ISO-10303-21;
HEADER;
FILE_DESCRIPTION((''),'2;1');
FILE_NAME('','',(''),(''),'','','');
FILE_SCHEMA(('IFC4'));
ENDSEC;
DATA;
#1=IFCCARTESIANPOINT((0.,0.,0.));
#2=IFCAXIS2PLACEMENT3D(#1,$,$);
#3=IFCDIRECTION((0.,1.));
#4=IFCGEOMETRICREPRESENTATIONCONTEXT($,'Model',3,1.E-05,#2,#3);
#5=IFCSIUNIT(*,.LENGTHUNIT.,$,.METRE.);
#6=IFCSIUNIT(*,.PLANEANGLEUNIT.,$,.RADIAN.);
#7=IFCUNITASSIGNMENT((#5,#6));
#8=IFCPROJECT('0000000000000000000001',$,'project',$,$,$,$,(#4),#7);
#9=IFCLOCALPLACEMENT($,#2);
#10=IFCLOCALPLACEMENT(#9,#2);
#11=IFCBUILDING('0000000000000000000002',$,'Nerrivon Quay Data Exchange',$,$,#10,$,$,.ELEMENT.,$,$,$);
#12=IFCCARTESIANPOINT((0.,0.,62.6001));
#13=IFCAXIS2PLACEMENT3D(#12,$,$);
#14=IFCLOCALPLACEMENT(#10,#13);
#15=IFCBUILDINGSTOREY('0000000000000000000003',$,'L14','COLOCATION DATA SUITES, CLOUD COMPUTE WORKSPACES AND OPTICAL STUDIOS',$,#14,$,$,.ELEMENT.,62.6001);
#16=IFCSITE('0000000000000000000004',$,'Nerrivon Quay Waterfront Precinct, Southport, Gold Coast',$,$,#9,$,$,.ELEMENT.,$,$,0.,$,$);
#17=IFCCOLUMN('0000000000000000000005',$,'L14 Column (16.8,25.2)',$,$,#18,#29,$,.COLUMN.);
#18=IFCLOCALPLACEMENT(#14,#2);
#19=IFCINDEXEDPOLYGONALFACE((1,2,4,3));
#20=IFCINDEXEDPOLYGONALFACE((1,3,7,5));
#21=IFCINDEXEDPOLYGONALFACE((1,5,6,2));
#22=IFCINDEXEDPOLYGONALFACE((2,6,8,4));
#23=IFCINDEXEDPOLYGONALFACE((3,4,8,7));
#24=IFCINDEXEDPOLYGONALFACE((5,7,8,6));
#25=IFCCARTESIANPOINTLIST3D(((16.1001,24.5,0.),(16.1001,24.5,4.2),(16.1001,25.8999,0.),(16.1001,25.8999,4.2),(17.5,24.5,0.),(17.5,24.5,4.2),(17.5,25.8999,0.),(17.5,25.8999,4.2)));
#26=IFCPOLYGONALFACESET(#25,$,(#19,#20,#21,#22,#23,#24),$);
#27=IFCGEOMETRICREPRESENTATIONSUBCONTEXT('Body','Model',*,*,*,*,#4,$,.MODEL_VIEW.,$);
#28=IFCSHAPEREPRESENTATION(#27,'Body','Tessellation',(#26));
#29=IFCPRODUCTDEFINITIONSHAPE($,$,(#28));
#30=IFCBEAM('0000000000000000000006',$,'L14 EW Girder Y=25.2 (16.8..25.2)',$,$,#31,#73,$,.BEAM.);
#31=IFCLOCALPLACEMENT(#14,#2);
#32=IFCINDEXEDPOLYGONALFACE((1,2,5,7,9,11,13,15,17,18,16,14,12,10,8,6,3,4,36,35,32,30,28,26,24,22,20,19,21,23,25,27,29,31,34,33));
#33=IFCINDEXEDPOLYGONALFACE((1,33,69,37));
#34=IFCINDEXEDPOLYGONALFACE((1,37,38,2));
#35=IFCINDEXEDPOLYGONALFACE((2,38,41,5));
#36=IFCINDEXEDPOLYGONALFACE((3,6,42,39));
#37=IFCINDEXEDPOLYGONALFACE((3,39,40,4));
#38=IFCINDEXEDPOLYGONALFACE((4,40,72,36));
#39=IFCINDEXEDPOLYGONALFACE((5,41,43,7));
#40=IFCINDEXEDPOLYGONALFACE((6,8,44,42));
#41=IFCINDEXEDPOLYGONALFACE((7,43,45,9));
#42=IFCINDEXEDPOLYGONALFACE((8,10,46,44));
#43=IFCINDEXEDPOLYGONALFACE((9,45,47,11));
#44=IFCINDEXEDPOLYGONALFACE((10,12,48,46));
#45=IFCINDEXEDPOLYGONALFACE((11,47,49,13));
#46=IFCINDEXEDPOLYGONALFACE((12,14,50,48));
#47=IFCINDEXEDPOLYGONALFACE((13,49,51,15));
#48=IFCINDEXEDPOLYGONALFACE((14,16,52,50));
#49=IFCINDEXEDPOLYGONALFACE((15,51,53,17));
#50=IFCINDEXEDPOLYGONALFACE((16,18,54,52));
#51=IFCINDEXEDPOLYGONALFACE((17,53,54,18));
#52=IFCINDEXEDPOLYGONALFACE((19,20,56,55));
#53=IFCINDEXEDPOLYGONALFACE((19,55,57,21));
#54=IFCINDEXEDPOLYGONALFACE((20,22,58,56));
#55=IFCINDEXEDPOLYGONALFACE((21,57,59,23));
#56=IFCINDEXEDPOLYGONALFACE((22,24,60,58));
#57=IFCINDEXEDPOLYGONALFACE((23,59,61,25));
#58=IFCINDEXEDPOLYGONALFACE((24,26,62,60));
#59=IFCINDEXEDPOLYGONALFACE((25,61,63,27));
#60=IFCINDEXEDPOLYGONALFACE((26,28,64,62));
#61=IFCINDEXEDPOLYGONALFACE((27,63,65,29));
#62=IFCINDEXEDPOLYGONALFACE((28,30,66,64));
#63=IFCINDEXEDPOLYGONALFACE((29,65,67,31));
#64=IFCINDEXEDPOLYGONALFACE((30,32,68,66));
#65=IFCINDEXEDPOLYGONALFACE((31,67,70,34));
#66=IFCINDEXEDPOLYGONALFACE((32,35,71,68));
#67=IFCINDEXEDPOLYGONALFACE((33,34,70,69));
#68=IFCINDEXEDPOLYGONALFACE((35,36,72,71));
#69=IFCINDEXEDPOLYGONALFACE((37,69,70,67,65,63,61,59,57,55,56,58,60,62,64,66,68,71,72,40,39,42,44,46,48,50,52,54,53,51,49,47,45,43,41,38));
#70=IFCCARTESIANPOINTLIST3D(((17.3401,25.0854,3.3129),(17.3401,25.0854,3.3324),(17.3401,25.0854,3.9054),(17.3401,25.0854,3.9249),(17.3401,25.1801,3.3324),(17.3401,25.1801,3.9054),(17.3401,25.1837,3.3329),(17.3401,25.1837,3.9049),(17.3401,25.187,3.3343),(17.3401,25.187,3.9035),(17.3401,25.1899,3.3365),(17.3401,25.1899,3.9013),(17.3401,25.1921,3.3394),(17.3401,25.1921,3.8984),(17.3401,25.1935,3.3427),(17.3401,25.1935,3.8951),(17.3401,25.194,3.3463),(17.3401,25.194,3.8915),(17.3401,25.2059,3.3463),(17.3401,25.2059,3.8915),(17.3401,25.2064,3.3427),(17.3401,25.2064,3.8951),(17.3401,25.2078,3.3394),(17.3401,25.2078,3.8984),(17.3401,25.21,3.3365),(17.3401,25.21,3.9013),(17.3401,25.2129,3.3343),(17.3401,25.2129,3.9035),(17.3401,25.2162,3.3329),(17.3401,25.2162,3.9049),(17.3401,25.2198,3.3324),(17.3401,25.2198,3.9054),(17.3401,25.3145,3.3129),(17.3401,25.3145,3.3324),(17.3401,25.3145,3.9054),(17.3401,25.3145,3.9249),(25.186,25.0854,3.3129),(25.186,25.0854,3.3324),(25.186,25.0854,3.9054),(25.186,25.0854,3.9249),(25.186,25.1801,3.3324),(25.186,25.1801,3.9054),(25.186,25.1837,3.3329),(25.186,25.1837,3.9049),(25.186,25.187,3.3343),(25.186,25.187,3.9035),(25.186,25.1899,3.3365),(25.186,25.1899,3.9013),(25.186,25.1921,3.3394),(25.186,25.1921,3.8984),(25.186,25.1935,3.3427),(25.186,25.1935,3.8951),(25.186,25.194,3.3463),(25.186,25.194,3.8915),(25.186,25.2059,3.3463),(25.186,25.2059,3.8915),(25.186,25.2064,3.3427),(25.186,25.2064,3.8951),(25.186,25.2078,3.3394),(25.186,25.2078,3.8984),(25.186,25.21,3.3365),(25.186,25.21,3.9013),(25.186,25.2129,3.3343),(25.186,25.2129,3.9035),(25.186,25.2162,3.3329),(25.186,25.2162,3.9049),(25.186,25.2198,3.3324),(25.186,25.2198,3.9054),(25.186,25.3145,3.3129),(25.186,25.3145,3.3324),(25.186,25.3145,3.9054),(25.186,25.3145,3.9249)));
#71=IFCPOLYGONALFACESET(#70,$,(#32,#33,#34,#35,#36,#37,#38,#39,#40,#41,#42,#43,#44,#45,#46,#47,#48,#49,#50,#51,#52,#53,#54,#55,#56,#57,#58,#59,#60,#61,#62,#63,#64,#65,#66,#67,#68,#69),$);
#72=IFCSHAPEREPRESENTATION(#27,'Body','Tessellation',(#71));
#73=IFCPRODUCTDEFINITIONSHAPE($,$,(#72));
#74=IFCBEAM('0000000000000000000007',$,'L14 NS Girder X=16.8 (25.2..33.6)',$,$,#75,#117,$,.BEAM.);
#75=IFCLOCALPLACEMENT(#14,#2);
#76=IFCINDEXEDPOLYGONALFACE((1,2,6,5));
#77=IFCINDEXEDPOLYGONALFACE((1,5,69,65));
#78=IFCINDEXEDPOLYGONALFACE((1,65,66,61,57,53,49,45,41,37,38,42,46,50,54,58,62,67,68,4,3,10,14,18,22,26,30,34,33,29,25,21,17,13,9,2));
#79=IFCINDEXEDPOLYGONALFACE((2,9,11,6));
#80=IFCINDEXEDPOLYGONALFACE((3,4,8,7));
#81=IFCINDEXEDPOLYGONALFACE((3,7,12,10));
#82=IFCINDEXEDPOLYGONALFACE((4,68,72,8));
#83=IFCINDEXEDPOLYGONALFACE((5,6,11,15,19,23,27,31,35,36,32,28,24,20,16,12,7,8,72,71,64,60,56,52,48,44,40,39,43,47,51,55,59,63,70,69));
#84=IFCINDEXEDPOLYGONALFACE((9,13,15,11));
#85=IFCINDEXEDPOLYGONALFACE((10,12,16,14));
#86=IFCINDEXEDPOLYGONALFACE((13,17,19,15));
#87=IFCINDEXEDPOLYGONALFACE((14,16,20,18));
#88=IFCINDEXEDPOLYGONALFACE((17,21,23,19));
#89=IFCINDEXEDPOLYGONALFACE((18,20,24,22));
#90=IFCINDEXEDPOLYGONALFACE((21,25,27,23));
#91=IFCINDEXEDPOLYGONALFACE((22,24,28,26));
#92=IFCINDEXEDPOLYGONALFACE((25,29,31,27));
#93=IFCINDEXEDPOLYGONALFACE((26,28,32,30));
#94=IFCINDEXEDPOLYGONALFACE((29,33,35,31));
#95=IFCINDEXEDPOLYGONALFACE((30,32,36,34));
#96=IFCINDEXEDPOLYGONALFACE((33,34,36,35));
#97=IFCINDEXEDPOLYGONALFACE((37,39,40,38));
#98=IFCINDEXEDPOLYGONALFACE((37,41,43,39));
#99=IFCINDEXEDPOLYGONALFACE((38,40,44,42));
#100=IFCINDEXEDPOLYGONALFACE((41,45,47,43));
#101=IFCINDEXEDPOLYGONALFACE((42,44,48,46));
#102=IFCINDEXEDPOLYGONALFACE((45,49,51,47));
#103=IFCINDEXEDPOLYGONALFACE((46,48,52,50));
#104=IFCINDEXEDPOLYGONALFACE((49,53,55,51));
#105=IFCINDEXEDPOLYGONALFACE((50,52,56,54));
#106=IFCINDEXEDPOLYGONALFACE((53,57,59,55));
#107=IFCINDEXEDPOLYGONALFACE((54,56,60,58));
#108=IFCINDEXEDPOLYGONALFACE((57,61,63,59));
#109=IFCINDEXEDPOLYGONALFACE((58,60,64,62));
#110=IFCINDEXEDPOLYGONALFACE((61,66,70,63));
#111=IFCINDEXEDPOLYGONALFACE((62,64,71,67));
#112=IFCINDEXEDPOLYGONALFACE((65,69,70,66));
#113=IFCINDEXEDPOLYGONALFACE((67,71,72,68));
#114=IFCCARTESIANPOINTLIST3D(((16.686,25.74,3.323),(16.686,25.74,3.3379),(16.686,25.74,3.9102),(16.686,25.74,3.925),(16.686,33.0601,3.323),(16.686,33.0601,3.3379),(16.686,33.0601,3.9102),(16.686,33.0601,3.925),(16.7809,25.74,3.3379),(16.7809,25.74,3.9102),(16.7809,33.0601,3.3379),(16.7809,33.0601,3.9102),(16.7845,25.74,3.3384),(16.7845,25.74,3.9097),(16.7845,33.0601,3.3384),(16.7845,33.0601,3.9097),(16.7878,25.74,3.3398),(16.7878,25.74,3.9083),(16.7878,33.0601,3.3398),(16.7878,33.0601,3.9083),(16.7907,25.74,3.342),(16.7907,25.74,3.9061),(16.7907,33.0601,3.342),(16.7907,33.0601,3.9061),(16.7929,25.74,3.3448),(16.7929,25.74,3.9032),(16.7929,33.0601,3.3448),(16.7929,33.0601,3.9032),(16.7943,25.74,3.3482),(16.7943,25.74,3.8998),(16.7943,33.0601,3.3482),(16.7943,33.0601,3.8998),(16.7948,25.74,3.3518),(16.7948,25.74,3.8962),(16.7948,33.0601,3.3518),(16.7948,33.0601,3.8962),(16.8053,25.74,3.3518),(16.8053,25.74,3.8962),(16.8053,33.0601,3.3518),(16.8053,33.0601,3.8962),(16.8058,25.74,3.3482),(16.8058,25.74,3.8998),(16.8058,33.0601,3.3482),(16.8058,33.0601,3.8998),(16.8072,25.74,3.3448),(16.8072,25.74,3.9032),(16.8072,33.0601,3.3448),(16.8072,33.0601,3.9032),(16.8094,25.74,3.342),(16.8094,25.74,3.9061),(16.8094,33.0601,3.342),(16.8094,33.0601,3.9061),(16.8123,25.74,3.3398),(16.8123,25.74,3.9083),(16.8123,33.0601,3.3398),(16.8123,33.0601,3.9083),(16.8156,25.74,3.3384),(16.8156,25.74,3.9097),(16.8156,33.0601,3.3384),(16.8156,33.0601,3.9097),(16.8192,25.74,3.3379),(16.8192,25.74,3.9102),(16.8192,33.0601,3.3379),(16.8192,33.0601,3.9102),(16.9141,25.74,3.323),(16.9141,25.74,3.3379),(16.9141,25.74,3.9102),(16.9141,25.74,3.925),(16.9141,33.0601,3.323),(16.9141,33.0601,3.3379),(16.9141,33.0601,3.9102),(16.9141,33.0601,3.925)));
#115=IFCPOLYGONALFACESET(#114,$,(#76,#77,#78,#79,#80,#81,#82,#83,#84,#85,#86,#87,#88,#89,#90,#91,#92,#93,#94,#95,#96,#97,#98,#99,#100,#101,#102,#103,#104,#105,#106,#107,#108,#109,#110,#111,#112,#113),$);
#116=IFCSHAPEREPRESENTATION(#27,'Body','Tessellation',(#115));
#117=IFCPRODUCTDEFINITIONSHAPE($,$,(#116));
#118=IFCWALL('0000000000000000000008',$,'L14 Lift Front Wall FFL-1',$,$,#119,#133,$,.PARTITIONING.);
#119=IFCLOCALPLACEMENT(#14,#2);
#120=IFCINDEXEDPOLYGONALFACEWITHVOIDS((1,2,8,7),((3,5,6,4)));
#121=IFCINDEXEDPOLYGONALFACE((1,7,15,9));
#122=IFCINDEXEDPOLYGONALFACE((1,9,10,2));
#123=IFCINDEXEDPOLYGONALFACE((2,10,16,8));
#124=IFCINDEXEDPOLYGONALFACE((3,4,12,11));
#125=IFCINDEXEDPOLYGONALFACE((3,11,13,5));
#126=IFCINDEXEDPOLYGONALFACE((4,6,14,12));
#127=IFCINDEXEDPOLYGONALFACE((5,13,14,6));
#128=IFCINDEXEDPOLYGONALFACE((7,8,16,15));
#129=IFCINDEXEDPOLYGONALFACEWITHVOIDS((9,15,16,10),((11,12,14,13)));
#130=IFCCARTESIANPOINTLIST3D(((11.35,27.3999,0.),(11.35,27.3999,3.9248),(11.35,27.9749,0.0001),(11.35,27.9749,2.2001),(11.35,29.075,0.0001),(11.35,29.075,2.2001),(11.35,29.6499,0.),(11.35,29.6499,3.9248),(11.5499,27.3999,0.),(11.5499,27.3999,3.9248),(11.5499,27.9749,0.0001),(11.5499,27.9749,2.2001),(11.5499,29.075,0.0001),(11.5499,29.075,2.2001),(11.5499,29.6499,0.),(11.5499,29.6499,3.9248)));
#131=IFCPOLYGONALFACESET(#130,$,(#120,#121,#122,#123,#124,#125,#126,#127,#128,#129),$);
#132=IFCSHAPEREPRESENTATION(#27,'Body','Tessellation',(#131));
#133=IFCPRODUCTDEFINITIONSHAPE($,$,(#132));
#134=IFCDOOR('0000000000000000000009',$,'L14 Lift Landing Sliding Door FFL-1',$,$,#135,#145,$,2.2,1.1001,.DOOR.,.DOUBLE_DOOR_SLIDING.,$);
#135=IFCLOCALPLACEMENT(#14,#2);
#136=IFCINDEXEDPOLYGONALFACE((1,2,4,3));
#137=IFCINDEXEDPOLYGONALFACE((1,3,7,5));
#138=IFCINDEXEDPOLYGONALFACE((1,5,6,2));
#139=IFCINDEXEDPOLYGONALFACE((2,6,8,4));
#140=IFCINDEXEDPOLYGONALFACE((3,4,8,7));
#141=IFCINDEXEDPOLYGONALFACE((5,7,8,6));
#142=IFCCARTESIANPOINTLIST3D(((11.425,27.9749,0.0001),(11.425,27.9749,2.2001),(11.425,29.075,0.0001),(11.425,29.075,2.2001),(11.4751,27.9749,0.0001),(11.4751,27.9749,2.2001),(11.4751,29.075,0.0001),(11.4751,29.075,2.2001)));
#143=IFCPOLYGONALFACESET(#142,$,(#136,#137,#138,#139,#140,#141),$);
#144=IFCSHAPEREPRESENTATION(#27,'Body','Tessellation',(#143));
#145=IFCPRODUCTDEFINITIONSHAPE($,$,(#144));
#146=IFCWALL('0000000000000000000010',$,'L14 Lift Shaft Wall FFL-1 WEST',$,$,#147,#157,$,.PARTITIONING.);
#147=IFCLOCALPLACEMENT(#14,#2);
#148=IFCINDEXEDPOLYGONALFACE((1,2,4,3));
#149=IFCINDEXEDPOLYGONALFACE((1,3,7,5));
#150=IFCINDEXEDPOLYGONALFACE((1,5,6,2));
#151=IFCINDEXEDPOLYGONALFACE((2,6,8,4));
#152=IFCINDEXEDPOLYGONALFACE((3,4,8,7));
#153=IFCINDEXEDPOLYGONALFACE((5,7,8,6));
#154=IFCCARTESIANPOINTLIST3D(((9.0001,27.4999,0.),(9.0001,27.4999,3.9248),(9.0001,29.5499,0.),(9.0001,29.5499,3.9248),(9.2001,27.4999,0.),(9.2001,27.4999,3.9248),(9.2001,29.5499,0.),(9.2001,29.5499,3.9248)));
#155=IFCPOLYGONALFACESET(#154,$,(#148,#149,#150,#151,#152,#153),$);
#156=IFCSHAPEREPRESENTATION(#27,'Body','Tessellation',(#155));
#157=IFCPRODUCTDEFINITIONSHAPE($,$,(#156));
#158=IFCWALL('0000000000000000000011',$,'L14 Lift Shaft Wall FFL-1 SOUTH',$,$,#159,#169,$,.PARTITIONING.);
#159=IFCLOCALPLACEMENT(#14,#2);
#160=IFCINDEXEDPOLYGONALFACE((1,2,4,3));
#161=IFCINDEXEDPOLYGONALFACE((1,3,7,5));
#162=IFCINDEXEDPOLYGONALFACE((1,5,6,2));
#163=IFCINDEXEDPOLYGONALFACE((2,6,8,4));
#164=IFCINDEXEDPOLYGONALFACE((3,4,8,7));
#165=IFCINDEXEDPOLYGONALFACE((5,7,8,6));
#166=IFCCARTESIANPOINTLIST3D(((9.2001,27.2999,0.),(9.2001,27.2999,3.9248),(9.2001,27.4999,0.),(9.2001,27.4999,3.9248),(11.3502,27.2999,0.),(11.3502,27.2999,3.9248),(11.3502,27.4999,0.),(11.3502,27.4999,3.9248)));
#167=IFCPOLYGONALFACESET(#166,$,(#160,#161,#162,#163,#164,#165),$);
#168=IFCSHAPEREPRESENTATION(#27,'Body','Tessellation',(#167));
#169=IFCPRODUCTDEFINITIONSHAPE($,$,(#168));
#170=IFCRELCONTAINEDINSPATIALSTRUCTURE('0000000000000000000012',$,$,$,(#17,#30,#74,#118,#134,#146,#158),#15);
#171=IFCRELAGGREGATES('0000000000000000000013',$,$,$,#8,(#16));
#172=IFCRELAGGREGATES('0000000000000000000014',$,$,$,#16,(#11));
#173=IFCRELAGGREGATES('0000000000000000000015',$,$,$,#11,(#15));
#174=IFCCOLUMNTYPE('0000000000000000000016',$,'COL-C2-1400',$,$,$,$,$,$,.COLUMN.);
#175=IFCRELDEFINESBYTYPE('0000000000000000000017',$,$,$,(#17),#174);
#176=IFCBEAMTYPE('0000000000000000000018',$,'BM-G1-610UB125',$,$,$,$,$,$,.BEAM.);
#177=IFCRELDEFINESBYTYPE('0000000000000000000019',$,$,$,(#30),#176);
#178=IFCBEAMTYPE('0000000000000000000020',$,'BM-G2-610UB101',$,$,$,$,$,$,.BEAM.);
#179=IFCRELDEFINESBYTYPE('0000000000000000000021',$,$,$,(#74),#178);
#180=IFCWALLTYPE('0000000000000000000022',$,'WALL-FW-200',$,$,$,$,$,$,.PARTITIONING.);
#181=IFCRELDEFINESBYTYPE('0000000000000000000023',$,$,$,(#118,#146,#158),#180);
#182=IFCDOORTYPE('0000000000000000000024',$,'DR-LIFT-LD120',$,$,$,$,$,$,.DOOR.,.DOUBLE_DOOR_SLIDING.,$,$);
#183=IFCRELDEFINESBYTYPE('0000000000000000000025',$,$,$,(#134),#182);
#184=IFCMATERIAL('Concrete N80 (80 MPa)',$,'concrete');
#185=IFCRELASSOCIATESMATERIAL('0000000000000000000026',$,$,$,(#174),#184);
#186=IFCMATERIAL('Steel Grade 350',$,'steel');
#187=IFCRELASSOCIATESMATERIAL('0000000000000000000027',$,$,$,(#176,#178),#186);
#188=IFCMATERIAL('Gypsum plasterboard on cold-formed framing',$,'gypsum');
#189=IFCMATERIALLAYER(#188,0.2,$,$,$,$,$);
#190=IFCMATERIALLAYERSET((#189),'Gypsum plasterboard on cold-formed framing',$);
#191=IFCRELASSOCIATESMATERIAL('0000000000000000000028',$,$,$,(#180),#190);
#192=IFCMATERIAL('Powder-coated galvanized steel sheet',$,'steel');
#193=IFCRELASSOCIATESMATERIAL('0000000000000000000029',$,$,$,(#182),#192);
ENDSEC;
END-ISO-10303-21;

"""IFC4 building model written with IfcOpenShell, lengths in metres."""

from ifc_helpers import new_model, si_unit, direction, frame, frame_2d, origin, origin_2d, place, context, subcontext, project, spatial, rectangle, i_section, extrude, material, layer, layer_set, material_profile, profile_set, type_object, element, fill, save


model = new_model("IFC4")

# Units and contexts
model_context = context("Model", 3, precision=1e-05, world=origin(), true_north=direction((0.0, 1.0)))
body_context = subcontext(model_context, "Body", "Model", "MODEL_VIEW")
ifc_project = project(units=[si_unit("LENGTHUNIT", "METRE"), si_unit("PLANEANGLEUNIT", "RADIAN")], contexts=[model_context])

# Site, building, storey
site_placement = place(None, origin())
site = spatial("IfcSite", under=ifc_project, at=site_placement, Name="Nerrivon Quay Waterfront Precinct, Southport, Gold Coast", CompositionType="ELEMENT", RefElevation=0.0)
building_placement = place(site_placement, origin())
building = spatial("IfcBuilding", under=site, at=building_placement, Name="Nerrivon Quay Data Exchange", CompositionType="ELEMENT")
storey_placement = place(building_placement, frame((0.0, 0.0, 62.6001)))
storey = spatial("IfcBuildingStorey", under=building, at=storey_placement, Name="L14", Description="COLOCATION DATA SUITES, CLOUD COMPUTE WORKSPACES AND OPTICAL STUDIOS", CompositionType="ELEMENT", Elevation=62.6001)

# Column
ifc_material_1 = material(Name="Concrete N80 (80 MPa)", Category="concrete")
ifc_material_profile_1 = material_profile(ifc_material_1, rectangle(XDim=1.3999, YDim=1.3999, at=origin_2d()), Name="RC-COL-1400x1400")
ifc_profile_set_1 = profile_set([ifc_material_profile_1], Name="Concrete N80 (80 MPa)")
column_type = type_object("IfcColumnType", Name="COL-C2-1400", PredefinedType="COLUMN", material=ifc_profile_set_1)
column_placement = place(storey_placement, frame((16.8, 25.2, 0.0), z_axis=(0.0, 0.0, 1.0), x_axis=(1.0, 0.0, 0.0)))
element("IfcColumn", 1, at=column_placement, inside=storey, type_object=column_type, Name="L14 Column (16.8,25.2)", PredefinedType="COLUMN", context=body_context, shape_type="SweptSolid", body=[
    extrude(rectangle(XDim=1.3999, YDim=1.3999, at=origin_2d()), origin(), (0.0, 0.0, 1.0), 4.2),
])

# Beams
ifc_material_2 = material(Name="Steel Grade 350", Category="steel")
ifc_material_profile_2 = material_profile(ifc_material_2, i_section(OverallWidth=0.229, OverallDepth=0.6121, WebThickness=0.012, FlangeThickness=0.0195, FilletRadius=0.0139, at=origin_2d()), Name="610UB125")
ifc_profile_set_2 = profile_set([ifc_material_profile_2], Name="Steel Grade 350")
beam_type_1 = type_object("IfcBeamType", Name="BM-G1-610UB125", PredefinedType="BEAM", material=ifc_profile_set_2)
beam_1_placement = place(storey_placement, frame((17.3401, 25.2, 3.6189), z_axis=(1.0, 0.0, 0.0), x_axis=(0.0, 1.0, 0.0)))
element("IfcBeam", 2, at=beam_1_placement, inside=storey, type_object=beam_type_1, Name="L14 EW Girder Y=25.2 (16.8..25.2)", PredefinedType="BEAM", context=body_context, shape_type="SweptSolid", body=[
    extrude(i_section(OverallWidth=0.229, OverallDepth=0.6121, WebThickness=0.012, FlangeThickness=0.0195, FilletRadius=0.0139, at=origin_2d()), origin(), (0.0, 0.0, 1.0), 7.8459),
])
ifc_material_profile_3 = material_profile(ifc_material_2, i_section(OverallWidth=0.228, OverallDepth=0.6021, WebThickness=0.0105, FlangeThickness=0.0149, FilletRadius=0.0139, at=origin_2d()), Name="610UB101")
ifc_profile_set_3 = profile_set([ifc_material_profile_3], Name="Steel Grade 350")
beam_type_2 = type_object("IfcBeamType", Name="BM-G2-610UB101", PredefinedType="BEAM", material=ifc_profile_set_3)
beam_2_placement = place(storey_placement, frame((16.8, 25.74, 3.624), z_axis=(0.0, 1.0, 0.0), x_axis=(-1.0, 0.0, 0.0)))
element("IfcBeam", 3, at=beam_2_placement, inside=storey, type_object=beam_type_2, Name="L14 NS Girder X=16.8 (25.2..33.6)", PredefinedType="BEAM", context=body_context, shape_type="SweptSolid", body=[
    extrude(i_section(OverallWidth=0.228, OverallDepth=0.6021, WebThickness=0.0105, FlangeThickness=0.0149, FilletRadius=0.0139, at=origin_2d()), origin(), (0.0, 0.0, 1.0), 7.3201),
])

# Wall, opening, door
ifc_material_3 = material(Name="Powder-coated galvanized steel sheet", Category="steel")
ifc_material_4 = material(Name="Gypsum plasterboard on cold-formed framing", Category="gypsum")
ifc_layer_1 = layer(ifc_material_4, 0.2)
ifc_layer_set_1 = layer_set([ifc_layer_1], Name="Gypsum plasterboard on cold-formed framing")
wall_type_1 = type_object("IfcWallType", Name="WALL-FW-200", PredefinedType="PARTITIONING", material=ifc_layer_set_1)
wall_1_placement = place(storey_placement, frame((11.45, 27.3999, 0.0), z_axis=(0.0, 0.0, 1.0), x_axis=(0.0, 1.0, 0.0)))
wall_1 = element("IfcWall", 4, at=wall_1_placement, inside=storey, type_object=wall_type_1, Name="L14 Lift Front Wall FFL-1", PredefinedType="PARTITIONING", context=body_context, shape_type="SweptSolid", body=[
    extrude(rectangle(XDim=2.25, YDim=0.2, at=frame_2d((1.125, 0.0))), origin(), (0.0, 0.0, 1.0), 3.9248),
])
opening_1_placement = place(wall_1_placement, frame((0.575, 0.0, 0.0)))
opening_1 = element("IfcOpeningElement", 5, at=opening_1_placement, cuts=wall_1, PredefinedType="OPENING", context=body_context, shape_type="SweptSolid", body=[
    extrude(rectangle(XDim=1.1001, YDim=2.2, at=frame_2d((0.55, 1.1001))), frame((0.0, 0.1099, 0.0), z_axis=(0.0, -1.0, 0.0), x_axis=(1.0, 0.0, 0.0)), (0.0, 0.0, 1.0), 0.22),
])
door_type_1 = type_object("IfcDoorType", Name="DR-LIFT-LD120", OperationType="DOUBLE_DOOR_SLIDING", PredefinedType="DOOR", material=ifc_material_3)
door_1_placement = place(opening_1_placement, origin())
door_1 = element("IfcDoor", 6, at=door_1_placement, inside=storey, type_object=door_type_1, Name="L14 Lift Landing Sliding Door FFL-1", OperationType="DOUBLE_DOOR_SLIDING", OverallHeight=2.2, OverallWidth=1.1001, PredefinedType="DOOR", context=body_context, shape_type="SweptSolid", body=[
    extrude(rectangle(XDim=1.1001, YDim=2.2, at=frame_2d((0.55, 1.1001))), frame((0.0, 0.0249, 0.0), z_axis=(0.0, -1.0, 0.0), x_axis=(1.0, 0.0, 0.0)), (0.0, 0.0, 1.0), 0.05),
])
fill(opening_1, door_1)

# Walls
wall_2_placement = place(storey_placement, frame((9.1001, 27.5, 0.0), z_axis=(0.0, 0.0, 1.0), x_axis=(0.0, 1.0, 0.0)))
element("IfcWall", 7, at=wall_2_placement, inside=storey, type_object=wall_type_1, Name="L14 Lift Shaft Wall FFL-1 WEST", PredefinedType="PARTITIONING", context=body_context, shape_type="SweptSolid", body=[
    extrude(rectangle(XDim=2.05, YDim=0.2, at=frame_2d((1.0249, 0.0))), origin(), (0.0, 0.0, 1.0), 3.9248),
])
wall_3_placement = place(storey_placement, frame((9.2, 27.3999, 0.0), z_axis=(0.0, 0.0, 1.0), x_axis=(1.0, 0.0, 0.0)))
element("IfcWall", 8, at=wall_3_placement, inside=storey, type_object=wall_type_1, Name="L14 Lift Shaft Wall FFL-1 SOUTH", PredefinedType="PARTITIONING", context=body_context, shape_type="SweptSolid", body=[
    extrude(rectangle(XDim=2.1501, YDim=0.2, at=frame_2d((1.0752, 0.0))), origin(), (0.0, 0.0, 1.0), 3.9248),
])

save(model, "model.ifc")
